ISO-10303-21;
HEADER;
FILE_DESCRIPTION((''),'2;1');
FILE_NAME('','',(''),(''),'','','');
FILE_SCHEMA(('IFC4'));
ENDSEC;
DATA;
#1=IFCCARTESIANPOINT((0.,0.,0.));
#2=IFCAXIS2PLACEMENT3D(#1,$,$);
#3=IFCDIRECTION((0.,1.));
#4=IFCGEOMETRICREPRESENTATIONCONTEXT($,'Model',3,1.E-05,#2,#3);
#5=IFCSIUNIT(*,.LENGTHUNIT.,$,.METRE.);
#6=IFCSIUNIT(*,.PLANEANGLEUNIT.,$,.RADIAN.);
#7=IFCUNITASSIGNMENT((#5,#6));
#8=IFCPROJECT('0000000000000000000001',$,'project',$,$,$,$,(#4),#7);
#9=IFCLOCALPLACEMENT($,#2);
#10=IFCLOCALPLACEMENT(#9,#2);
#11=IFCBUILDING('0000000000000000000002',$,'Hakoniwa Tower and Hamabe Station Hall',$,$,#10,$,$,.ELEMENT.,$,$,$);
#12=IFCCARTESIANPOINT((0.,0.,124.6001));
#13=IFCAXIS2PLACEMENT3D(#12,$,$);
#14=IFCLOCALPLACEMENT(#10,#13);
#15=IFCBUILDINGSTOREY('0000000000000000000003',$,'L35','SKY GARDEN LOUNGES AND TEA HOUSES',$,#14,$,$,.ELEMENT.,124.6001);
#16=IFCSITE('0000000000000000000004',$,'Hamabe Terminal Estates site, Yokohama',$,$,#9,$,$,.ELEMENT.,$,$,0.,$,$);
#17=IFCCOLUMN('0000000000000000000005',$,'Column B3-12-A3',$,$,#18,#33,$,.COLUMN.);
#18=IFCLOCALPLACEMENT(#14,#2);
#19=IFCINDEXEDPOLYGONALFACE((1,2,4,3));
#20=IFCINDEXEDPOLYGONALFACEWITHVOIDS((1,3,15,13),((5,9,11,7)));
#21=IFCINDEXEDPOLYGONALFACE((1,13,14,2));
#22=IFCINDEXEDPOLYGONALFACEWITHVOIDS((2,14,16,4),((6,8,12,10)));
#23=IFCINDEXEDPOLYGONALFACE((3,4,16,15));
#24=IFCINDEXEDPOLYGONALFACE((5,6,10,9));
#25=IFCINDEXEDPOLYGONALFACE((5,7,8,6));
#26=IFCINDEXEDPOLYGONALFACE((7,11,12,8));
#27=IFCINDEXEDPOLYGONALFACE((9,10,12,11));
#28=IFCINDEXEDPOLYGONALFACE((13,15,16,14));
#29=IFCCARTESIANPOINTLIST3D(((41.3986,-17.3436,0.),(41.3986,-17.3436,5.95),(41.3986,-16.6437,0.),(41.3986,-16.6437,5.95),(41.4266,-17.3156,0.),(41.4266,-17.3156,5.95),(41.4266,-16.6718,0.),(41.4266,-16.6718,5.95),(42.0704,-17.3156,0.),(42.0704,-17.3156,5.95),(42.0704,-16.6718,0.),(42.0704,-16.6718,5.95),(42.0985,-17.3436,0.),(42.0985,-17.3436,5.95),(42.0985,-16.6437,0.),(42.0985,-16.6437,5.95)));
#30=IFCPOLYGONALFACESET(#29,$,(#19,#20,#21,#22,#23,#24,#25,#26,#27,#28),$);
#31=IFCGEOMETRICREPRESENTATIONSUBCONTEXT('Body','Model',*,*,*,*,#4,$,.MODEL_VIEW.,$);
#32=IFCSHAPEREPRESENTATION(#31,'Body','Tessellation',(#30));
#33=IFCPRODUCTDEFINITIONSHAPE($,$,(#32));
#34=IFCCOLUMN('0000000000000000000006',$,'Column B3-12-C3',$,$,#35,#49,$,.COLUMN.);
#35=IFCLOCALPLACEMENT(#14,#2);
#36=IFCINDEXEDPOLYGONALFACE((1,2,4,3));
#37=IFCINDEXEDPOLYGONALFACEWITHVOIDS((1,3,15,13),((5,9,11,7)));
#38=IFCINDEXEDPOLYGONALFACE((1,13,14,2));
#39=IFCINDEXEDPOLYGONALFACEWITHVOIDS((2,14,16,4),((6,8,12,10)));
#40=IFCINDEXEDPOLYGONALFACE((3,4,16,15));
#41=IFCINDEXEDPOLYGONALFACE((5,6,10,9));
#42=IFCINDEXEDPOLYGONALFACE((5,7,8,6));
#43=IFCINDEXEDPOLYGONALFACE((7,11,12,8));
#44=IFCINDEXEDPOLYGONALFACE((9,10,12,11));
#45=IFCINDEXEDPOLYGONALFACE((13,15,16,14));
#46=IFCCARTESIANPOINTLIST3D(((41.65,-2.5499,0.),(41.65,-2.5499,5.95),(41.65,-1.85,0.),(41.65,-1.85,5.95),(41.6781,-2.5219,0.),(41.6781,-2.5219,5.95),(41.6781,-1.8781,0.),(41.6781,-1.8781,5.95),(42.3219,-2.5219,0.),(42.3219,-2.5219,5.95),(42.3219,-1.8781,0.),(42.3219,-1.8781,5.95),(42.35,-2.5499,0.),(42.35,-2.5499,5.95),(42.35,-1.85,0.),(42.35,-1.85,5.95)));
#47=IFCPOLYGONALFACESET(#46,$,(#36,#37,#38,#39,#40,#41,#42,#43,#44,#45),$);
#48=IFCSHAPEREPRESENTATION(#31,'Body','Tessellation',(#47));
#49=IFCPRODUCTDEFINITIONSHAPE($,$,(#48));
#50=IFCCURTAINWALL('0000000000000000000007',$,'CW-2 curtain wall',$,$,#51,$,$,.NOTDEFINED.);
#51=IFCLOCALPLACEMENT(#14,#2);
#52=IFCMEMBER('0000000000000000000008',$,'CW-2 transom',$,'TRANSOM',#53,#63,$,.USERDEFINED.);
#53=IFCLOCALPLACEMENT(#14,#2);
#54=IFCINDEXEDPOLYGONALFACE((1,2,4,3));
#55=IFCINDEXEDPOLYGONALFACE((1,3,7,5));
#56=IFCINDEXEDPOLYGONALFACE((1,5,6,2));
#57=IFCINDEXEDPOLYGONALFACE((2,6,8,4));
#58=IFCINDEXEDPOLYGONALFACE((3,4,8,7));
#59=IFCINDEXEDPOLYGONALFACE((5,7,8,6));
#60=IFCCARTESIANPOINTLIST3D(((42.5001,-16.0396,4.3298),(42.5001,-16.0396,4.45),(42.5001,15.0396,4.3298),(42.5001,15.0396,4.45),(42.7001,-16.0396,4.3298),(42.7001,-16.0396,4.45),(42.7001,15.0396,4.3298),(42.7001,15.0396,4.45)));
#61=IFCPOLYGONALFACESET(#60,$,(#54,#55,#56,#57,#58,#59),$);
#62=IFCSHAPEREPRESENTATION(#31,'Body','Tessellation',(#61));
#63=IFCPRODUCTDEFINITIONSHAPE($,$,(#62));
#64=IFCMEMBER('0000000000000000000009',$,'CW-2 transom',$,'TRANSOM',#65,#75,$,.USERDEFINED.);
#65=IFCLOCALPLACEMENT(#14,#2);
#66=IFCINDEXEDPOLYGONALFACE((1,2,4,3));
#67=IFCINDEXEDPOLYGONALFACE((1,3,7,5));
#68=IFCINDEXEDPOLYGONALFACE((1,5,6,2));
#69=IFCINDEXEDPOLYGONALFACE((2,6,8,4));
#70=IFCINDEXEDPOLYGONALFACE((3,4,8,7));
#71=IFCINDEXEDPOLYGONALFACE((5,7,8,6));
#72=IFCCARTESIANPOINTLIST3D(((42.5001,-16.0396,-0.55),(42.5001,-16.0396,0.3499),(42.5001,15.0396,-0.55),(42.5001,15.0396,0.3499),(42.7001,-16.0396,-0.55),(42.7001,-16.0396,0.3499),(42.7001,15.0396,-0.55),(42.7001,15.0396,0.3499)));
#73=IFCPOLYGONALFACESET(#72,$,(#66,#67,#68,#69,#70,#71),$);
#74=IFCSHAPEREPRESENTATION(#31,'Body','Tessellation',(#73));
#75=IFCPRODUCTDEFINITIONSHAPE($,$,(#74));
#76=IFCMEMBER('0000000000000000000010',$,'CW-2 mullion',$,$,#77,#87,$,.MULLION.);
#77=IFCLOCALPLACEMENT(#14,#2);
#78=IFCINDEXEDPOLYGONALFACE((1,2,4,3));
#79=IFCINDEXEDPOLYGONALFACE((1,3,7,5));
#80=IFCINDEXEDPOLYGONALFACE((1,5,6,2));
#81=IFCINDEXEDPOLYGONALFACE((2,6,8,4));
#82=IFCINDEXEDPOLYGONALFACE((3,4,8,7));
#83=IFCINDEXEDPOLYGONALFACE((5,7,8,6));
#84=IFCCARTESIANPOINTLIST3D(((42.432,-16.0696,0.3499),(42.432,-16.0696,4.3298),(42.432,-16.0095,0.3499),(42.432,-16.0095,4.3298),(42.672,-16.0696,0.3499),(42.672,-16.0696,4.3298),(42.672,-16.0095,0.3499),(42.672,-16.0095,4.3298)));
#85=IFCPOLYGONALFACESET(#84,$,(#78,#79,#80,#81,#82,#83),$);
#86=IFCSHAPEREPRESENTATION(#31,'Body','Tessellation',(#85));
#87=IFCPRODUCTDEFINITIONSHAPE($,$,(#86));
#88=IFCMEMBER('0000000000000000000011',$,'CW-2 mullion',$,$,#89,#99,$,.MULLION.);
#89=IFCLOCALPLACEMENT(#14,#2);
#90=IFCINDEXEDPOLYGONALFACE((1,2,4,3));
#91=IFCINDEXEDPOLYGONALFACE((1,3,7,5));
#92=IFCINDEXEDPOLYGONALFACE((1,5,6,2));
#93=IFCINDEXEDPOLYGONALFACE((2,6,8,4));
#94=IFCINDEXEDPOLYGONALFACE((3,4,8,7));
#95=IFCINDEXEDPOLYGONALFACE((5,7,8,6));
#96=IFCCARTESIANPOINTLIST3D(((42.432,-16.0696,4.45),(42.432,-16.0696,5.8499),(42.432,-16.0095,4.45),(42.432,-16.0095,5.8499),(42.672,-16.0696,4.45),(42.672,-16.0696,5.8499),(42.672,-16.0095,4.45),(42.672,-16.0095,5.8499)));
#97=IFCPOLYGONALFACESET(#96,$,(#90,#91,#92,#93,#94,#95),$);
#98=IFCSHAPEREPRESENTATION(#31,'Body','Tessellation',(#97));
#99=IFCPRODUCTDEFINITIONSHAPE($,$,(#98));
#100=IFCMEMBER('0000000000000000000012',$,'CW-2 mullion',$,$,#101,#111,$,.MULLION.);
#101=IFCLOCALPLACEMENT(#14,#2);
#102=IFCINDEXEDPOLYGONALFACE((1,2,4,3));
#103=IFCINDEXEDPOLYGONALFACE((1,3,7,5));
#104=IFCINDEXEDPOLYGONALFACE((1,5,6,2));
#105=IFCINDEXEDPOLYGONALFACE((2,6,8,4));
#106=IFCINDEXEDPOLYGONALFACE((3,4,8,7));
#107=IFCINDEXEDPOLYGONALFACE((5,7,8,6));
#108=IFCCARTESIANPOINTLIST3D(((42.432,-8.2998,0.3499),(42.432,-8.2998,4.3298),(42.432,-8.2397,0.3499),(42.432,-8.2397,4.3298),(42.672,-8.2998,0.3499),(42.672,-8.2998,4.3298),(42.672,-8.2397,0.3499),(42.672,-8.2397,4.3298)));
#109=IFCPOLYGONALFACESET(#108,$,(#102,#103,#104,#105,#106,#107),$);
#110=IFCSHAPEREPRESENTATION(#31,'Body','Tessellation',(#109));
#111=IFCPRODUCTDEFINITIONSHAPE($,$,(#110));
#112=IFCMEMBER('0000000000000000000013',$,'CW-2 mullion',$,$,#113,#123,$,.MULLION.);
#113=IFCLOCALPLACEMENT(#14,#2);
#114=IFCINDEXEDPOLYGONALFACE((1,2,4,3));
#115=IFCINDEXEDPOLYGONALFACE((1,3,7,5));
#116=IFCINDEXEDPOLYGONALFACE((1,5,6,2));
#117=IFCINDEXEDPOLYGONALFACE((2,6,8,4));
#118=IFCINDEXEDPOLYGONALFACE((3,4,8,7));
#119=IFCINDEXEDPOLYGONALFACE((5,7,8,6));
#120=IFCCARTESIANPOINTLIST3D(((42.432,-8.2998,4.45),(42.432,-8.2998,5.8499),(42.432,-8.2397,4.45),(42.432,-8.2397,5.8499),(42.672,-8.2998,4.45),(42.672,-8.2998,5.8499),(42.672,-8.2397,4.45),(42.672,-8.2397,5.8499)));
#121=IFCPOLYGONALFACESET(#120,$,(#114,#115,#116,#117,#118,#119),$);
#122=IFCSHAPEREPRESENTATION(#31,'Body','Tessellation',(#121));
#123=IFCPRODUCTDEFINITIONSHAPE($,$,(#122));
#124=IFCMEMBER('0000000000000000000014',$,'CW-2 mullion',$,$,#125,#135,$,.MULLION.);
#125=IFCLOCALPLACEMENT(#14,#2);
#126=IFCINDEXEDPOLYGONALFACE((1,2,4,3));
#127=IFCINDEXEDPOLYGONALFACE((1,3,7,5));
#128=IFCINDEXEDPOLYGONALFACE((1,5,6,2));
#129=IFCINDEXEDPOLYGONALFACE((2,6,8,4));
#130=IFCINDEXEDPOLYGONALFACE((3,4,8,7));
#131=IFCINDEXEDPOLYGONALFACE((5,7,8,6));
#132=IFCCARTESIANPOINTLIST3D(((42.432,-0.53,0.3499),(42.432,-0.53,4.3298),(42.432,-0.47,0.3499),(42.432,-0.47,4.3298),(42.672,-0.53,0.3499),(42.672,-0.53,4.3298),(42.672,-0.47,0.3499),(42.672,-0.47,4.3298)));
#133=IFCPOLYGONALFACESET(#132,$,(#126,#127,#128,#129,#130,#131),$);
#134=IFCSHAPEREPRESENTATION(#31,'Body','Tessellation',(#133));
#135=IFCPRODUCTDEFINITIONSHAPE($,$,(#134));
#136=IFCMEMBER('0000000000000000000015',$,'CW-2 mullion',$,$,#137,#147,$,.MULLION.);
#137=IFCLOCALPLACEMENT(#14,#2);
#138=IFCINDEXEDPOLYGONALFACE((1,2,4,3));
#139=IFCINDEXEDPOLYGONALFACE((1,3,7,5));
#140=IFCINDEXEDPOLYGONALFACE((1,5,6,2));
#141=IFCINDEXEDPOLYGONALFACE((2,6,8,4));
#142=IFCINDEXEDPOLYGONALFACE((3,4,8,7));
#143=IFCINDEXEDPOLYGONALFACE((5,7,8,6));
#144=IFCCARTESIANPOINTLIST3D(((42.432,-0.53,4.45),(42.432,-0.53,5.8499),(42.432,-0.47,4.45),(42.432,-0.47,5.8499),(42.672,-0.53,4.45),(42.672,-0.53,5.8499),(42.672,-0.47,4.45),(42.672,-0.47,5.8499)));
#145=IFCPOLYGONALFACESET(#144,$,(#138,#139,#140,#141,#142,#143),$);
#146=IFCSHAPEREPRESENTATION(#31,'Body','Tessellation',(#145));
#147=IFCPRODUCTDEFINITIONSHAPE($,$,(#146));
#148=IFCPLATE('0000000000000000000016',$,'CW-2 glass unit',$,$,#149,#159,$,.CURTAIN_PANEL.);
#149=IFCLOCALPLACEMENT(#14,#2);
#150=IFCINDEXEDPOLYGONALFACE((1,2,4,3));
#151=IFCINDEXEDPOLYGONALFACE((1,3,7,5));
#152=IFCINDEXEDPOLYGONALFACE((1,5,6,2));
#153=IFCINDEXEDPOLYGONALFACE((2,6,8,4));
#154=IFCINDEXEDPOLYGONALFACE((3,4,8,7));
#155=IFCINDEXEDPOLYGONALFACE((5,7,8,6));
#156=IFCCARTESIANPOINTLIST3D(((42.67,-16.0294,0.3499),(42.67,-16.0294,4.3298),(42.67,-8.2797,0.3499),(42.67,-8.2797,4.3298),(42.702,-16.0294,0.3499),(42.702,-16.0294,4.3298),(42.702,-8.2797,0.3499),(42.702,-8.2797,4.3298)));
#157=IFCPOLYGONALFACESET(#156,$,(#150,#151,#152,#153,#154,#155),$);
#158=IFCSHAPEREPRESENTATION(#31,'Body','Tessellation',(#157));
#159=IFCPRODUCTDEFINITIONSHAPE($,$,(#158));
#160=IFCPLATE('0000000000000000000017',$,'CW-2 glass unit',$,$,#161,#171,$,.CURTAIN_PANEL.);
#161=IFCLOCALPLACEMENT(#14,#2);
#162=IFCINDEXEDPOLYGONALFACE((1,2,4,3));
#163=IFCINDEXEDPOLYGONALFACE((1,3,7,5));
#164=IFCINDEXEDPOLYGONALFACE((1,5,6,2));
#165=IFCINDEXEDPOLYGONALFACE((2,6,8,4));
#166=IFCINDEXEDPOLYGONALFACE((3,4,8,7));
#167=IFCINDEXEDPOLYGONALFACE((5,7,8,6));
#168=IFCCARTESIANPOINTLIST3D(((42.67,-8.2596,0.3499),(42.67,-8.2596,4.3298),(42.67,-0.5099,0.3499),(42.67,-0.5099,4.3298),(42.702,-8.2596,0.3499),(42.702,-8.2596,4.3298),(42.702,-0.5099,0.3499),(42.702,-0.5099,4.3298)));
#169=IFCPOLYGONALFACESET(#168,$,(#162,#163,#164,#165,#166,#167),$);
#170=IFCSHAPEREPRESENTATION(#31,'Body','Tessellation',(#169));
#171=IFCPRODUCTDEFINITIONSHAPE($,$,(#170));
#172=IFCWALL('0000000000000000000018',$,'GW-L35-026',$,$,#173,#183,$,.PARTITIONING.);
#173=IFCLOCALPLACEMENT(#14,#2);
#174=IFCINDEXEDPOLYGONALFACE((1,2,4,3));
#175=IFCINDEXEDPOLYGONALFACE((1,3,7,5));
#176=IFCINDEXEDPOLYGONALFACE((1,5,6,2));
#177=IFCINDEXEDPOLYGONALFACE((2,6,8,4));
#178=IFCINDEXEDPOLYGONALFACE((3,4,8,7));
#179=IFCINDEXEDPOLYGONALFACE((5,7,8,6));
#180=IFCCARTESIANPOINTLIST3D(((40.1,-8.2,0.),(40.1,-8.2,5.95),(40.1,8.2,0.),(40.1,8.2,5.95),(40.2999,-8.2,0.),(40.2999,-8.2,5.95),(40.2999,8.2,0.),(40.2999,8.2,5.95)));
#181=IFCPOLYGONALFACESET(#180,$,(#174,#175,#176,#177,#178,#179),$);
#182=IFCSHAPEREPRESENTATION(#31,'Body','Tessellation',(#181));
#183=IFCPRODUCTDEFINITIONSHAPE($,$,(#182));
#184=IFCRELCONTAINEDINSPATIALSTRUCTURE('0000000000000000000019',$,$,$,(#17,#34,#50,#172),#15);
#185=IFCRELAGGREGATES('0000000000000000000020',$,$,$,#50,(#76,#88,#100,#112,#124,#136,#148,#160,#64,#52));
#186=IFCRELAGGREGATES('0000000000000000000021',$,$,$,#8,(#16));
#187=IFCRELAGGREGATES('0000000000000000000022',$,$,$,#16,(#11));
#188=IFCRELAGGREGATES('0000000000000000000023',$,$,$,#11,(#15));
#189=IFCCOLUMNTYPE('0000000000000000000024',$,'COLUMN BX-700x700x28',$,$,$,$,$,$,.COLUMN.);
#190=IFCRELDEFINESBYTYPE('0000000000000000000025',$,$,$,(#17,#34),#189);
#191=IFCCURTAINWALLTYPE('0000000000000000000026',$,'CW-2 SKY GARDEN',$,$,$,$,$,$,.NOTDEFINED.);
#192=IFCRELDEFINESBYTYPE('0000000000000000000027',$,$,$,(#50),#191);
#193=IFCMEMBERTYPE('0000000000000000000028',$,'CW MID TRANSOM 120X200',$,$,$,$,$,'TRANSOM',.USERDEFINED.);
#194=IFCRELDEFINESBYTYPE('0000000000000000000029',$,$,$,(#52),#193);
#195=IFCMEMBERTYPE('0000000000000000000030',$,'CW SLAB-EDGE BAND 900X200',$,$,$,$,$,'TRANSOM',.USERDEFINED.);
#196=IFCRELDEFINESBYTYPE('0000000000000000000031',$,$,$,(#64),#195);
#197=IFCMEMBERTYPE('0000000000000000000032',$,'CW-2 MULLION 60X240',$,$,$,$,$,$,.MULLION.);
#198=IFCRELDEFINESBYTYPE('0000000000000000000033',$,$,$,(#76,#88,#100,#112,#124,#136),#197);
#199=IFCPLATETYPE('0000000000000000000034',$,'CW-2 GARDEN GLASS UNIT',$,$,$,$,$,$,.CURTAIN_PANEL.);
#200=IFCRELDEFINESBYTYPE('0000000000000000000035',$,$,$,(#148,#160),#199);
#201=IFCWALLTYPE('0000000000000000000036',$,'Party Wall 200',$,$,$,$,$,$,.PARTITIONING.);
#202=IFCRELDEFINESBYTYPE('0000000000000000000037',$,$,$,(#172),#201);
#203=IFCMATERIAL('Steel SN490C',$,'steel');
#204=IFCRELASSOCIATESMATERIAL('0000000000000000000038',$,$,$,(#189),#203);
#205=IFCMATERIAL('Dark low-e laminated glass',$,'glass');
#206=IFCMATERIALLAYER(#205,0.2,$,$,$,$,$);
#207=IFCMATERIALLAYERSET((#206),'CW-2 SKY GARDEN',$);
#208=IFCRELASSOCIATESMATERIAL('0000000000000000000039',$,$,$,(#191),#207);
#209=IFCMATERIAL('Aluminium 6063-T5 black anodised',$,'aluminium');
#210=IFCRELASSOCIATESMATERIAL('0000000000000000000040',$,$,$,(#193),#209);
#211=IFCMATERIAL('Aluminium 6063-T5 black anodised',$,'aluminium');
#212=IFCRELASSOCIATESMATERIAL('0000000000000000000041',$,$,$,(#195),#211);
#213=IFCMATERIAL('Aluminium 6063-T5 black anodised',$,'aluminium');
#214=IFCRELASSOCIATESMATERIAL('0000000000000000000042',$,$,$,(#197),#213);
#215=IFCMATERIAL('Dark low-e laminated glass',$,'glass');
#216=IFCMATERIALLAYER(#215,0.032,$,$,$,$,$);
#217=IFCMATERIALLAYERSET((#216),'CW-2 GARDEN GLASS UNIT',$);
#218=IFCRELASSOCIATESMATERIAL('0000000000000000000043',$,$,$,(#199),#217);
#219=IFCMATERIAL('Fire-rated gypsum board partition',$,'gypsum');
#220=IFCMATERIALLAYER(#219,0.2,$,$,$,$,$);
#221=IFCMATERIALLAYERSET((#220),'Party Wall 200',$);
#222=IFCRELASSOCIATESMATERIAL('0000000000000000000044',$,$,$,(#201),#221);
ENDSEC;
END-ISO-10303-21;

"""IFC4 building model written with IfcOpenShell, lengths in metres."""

from ifc_helpers import new_model, si_unit, direction, frame, frame_2d, origin, origin_2d, place, context, subcontext, project, spatial, rectangle, hollow_rectangle, extrude, material, layer, layer_set, material_profile, profile_set, type_object, element, aggregate, save


model = new_model("IFC4")

# Units and contexts
model_context = context("Model", 3, precision=1e-05, world=origin(), true_north=direction((0.0, 1.0)))
body_context = subcontext(model_context, "Body", "Model", "MODEL_VIEW")
ifc_project = project(units=[si_unit("LENGTHUNIT", "METRE"), si_unit("PLANEANGLEUNIT", "RADIAN")], contexts=[model_context])

# Site, building, storey
site_placement = place(None, origin())
site = spatial("IfcSite", under=ifc_project, at=site_placement, Name="Hamabe Terminal Estates site, Yokohama", CompositionType="ELEMENT", RefElevation=0.0)
building_placement = place(site_placement, origin())
building = spatial("IfcBuilding", under=site, at=building_placement, Name="Hakoniwa Tower and Hamabe Station Hall", CompositionType="ELEMENT")
storey_placement = place(building_placement, frame((0.0, 0.0, 124.6001)))
storey = spatial("IfcBuildingStorey", under=building, at=storey_placement, Name="L35", Description="SKY GARDEN LOUNGES AND TEA HOUSES", CompositionType="ELEMENT", Elevation=124.6001)

# Columns
ifc_material_1 = material(Name="Steel SN490C", Category="steel")
ifc_material_profile_1 = material_profile(ifc_material_1, hollow_rectangle(XDim=0.7, YDim=0.7, WallThickness=0.0281, at=origin_2d()), Name="BX-700x700x28")
ifc_profile_set_1 = profile_set([ifc_material_profile_1], Name="Steel SN490C")
column_type = type_object("IfcColumnType", Name="COLUMN BX-700x700x28", PredefinedType="COLUMN", material=ifc_profile_set_1)
for number, where, z_axis, x_axis, name in (
    (1, (41.7485, -16.9937, 0.0), (0.0, 0.0, 1.0), (1.0, 0.0, 0.0), "Column B3-12-A3"),
    (2, (42.0, -2.2, 0.0), (0.0, 0.0, 1.0), (1.0, 0.0, 0.0), "Column B3-12-C3"),
):
    element("IfcColumn", number, at=place(storey_placement, frame(where, z_axis=z_axis, x_axis=x_axis)), inside=storey, type_object=column_type, Name=name, PredefinedType="COLUMN", context=body_context, shape_type="SweptSolid", body=[
        extrude(hollow_rectangle(XDim=0.7, YDim=0.7, WallThickness=0.0281, at=origin_2d()), origin(), (0.0, 0.0, 1.0), 5.95),
    ])

# Curtain wall, members, plates
ifc_material_2 = material(Name="Dark low-e laminated glass", Category="glass")
ifc_layer_1 = layer(ifc_material_2, 0.2)
ifc_layer_set_1 = layer_set([ifc_layer_1], Name="CW-2 SKY GARDEN")
curtain_wall_type = type_object("IfcCurtainWallType", Name="CW-2 SKY GARDEN", PredefinedType="NOTDEFINED", material=ifc_layer_set_1)
curtain_wall_1_placement = place(storey_placement, origin())
curtain_wall_1 = element("IfcCurtainWall", 3, at=curtain_wall_1_placement, inside=storey, type_object=curtain_wall_type, Name="CW-2 curtain wall", PredefinedType="NOTDEFINED")
ifc_material_3 = material(Name="Aluminium 6063-T5 black anodised", Category="aluminium")
ifc_material_profile_2 = material_profile(ifc_material_3, rectangle(XDim=0.2, YDim=0.1201, at=origin_2d()), Name="CW MID TRANSOM 120X200")
ifc_profile_set_2 = profile_set([ifc_material_profile_2], Name="Aluminium 6063-T5 black anodised")
member_type_1 = type_object("IfcMemberType", Name="CW MID TRANSOM 120X200", ElementType="TRANSOM", PredefinedType="USERDEFINED", material=ifc_profile_set_2)
member_1_placement = place(storey_placement, frame((42.6001, -16.0396, 4.3899), z_axis=(0.0, 1.0, 0.0), x_axis=(-1.0, 0.0, 0.0)))
member_1 = element("IfcMember", 4, at=member_1_placement, type_object=member_type_1, Name="CW-2 transom", ObjectType="TRANSOM", PredefinedType="USERDEFINED", context=body_context, shape_type="SweptSolid", body=[
    extrude(rectangle(XDim=0.2, YDim=0.1201, at=origin_2d()), origin(), (0.0, 0.0, 1.0), 31.0791),
])
ifc_material_4 = material(Name="Aluminium 6063-T5 black anodised", Category="aluminium")
ifc_material_profile_3 = material_profile(ifc_material_4, rectangle(XDim=0.2, YDim=0.8999, at=origin_2d()), Name="CW SLAB-EDGE BAND 900X200")
ifc_profile_set_3 = profile_set([ifc_material_profile_3], Name="Aluminium 6063-T5 black anodised")
member_type_2 = type_object("IfcMemberType", Name="CW SLAB-EDGE BAND 900X200", ElementType="TRANSOM", PredefinedType="USERDEFINED", material=ifc_profile_set_3)
member_2_placement = place(storey_placement, frame((42.6001, -16.0396, -0.1001), z_axis=(0.0, 1.0, 0.0), x_axis=(-1.0, 0.0, 0.0)))
member_2 = element("IfcMember", 5, at=member_2_placement, type_object=member_type_2, Name="CW-2 transom", ObjectType="TRANSOM", PredefinedType="USERDEFINED", context=body_context, shape_type="SweptSolid", body=[
    extrude(rectangle(XDim=0.2, YDim=0.8999, at=origin_2d()), origin(), (0.0, 0.0, 1.0), 31.0791),
])
ifc_material_5 = material(Name="Aluminium 6063-T5 black anodised", Category="aluminium")
ifc_material_profile_4 = material_profile(ifc_material_5, rectangle(XDim=0.0601, YDim=0.24, at=origin_2d()), Name="CW-2 MULLION 60X240")
ifc_profile_set_4 = profile_set([ifc_material_profile_4], Name="Aluminium 6063-T5 black anodised")
member_type_3 = type_object("IfcMemberType", Name="CW-2 MULLION 60X240", PredefinedType="MULLION", material=ifc_profile_set_4)
member_3_placement = place(storey_placement, frame((42.552, -16.0396, 0.3499), z_axis=(0.0, 0.0, 1.0), x_axis=(0.0, 1.0, 0.0)))
member_3 = element("IfcMember", 6, at=member_3_placement, type_object=member_type_3, Name="CW-2 mullion", PredefinedType="MULLION", context=body_context, shape_type="SweptSolid", body=[
    extrude(rectangle(XDim=0.0601, YDim=0.24, at=origin_2d()), origin(), (0.0, 0.0, 1.0), 3.98),
])
member_4_placement = place(storey_placement, frame((42.552, -16.0396, 4.45), z_axis=(0.0, 0.0, 1.0), x_axis=(0.0, 1.0, 0.0)))
member_4 = element("IfcMember", 7, at=member_4_placement, type_object=member_type_3, Name="CW-2 mullion", PredefinedType="MULLION", context=body_context, shape_type="SweptSolid", body=[
    extrude(rectangle(XDim=0.0601, YDim=0.24, at=origin_2d()), origin(), (0.0, 0.0, 1.0), 1.3999),
])
member_5_placement = place(storey_placement, frame((42.552, -8.2698, 0.3499), z_axis=(0.0, 0.0, 1.0), x_axis=(0.0, 1.0, 0.0)))
member_5 = element("IfcMember", 8, at=member_5_placement, type_object=member_type_3, Name="CW-2 mullion", PredefinedType="MULLION", context=body_context, shape_type="SweptSolid", body=[
    extrude(rectangle(XDim=0.0601, YDim=0.24, at=origin_2d()), origin(), (0.0, 0.0, 1.0), 3.98),
])
member_6_placement = place(storey_placement, frame((42.552, -8.2698, 4.45), z_axis=(0.0, 0.0, 1.0), x_axis=(0.0, 1.0, 0.0)))
member_6 = element("IfcMember", 9, at=member_6_placement, type_object=member_type_3, Name="CW-2 mullion", PredefinedType="MULLION", context=body_context, shape_type="SweptSolid", body=[
    extrude(rectangle(XDim=0.0601, YDim=0.24, at=origin_2d()), origin(), (0.0, 0.0, 1.0), 1.3999),
])
member_7_placement = place(storey_placement, frame((42.552, -0.5, 0.3499), z_axis=(0.0, 0.0, 1.0), x_axis=(0.0, 1.0, 0.0)))
member_7 = element("IfcMember", 10, at=member_7_placement, type_object=member_type_3, Name="CW-2 mullion", PredefinedType="MULLION", context=body_context, shape_type="SweptSolid", body=[
    extrude(rectangle(XDim=0.0601, YDim=0.24, at=origin_2d()), origin(), (0.0, 0.0, 1.0), 3.98),
])
member_8_placement = place(storey_placement, frame((42.552, -0.5, 4.45), z_axis=(0.0, 0.0, 1.0), x_axis=(0.0, 1.0, 0.0)))
member_8 = element("IfcMember", 11, at=member_8_placement, type_object=member_type_3, Name="CW-2 mullion", PredefinedType="MULLION", context=body_context, shape_type="SweptSolid", body=[
    extrude(rectangle(XDim=0.0601, YDim=0.24, at=origin_2d()), origin(), (0.0, 0.0, 1.0), 1.3999),
])
ifc_material_6 = material(Name="Dark low-e laminated glass", Category="glass")
ifc_layer_2 = layer(ifc_material_6, 0.032)
ifc_layer_set_2 = layer_set([ifc_layer_2], Name="CW-2 GARDEN GLASS UNIT")
plate_type = type_object("IfcPlateType", Name="CW-2 GARDEN GLASS UNIT", PredefinedType="CURTAIN_PANEL", material=ifc_layer_set_2)
plate_1_placement = place(storey_placement, frame((42.686, -12.1545, 0.3499), z_axis=(0.0, 0.0, 1.0), x_axis=(0.0, 1.0, 0.0)))
plate_1 = element("IfcPlate", 12, at=plate_1_placement, type_object=plate_type, Name="CW-2 glass unit", PredefinedType="CURTAIN_PANEL", context=body_context, shape_type="SweptSolid", body=[
    extrude(rectangle(XDim=7.7498, YDim=0.032, at=origin_2d()), origin(), (0.0, 0.0, 1.0), 3.98),
])
plate_2_placement = place(storey_placement, frame((42.686, -4.3848, 0.3499), z_axis=(0.0, 0.0, 1.0), x_axis=(0.0, 1.0, 0.0)))
plate_2 = element("IfcPlate", 13, at=plate_2_placement, type_object=plate_type, Name="CW-2 glass unit", PredefinedType="CURTAIN_PANEL", context=body_context, shape_type="SweptSolid", body=[
    extrude(rectangle(XDim=7.7498, YDim=0.032, at=origin_2d()), origin(), (0.0, 0.0, 1.0), 3.98),
])

# Wall
ifc_material_7 = material(Name="Fire-rated gypsum board partition", Category="gypsum")
ifc_layer_3 = layer(ifc_material_7, 0.2)
ifc_layer_set_3 = layer_set([ifc_layer_3], Name="Party Wall 200")
wall_type_1 = type_object("IfcWallType", Name="Party Wall 200", PredefinedType="PARTITIONING", material=ifc_layer_set_3)
wall_1_placement = place(storey_placement, frame((40.2, -8.2, 0.0), z_axis=(0.0, 0.0, 1.0), x_axis=(0.0, 1.0, 0.0)))
element("IfcWall", 14, at=wall_1_placement, inside=storey, type_object=wall_type_1, Name="GW-L35-026", PredefinedType="PARTITIONING", context=body_context, shape_type="SweptSolid", body=[
    extrude(rectangle(XDim=16.3999, YDim=0.2, at=frame_2d((8.2, 0.0))), origin(), (0.0, 0.0, 1.0), 5.95),
])

aggregate(curtain_wall_1, [member_3, member_4, member_5, member_6, member_7, member_8, plate_1, plate_2, member_2, member_1])

save(model, "model.ifc")
